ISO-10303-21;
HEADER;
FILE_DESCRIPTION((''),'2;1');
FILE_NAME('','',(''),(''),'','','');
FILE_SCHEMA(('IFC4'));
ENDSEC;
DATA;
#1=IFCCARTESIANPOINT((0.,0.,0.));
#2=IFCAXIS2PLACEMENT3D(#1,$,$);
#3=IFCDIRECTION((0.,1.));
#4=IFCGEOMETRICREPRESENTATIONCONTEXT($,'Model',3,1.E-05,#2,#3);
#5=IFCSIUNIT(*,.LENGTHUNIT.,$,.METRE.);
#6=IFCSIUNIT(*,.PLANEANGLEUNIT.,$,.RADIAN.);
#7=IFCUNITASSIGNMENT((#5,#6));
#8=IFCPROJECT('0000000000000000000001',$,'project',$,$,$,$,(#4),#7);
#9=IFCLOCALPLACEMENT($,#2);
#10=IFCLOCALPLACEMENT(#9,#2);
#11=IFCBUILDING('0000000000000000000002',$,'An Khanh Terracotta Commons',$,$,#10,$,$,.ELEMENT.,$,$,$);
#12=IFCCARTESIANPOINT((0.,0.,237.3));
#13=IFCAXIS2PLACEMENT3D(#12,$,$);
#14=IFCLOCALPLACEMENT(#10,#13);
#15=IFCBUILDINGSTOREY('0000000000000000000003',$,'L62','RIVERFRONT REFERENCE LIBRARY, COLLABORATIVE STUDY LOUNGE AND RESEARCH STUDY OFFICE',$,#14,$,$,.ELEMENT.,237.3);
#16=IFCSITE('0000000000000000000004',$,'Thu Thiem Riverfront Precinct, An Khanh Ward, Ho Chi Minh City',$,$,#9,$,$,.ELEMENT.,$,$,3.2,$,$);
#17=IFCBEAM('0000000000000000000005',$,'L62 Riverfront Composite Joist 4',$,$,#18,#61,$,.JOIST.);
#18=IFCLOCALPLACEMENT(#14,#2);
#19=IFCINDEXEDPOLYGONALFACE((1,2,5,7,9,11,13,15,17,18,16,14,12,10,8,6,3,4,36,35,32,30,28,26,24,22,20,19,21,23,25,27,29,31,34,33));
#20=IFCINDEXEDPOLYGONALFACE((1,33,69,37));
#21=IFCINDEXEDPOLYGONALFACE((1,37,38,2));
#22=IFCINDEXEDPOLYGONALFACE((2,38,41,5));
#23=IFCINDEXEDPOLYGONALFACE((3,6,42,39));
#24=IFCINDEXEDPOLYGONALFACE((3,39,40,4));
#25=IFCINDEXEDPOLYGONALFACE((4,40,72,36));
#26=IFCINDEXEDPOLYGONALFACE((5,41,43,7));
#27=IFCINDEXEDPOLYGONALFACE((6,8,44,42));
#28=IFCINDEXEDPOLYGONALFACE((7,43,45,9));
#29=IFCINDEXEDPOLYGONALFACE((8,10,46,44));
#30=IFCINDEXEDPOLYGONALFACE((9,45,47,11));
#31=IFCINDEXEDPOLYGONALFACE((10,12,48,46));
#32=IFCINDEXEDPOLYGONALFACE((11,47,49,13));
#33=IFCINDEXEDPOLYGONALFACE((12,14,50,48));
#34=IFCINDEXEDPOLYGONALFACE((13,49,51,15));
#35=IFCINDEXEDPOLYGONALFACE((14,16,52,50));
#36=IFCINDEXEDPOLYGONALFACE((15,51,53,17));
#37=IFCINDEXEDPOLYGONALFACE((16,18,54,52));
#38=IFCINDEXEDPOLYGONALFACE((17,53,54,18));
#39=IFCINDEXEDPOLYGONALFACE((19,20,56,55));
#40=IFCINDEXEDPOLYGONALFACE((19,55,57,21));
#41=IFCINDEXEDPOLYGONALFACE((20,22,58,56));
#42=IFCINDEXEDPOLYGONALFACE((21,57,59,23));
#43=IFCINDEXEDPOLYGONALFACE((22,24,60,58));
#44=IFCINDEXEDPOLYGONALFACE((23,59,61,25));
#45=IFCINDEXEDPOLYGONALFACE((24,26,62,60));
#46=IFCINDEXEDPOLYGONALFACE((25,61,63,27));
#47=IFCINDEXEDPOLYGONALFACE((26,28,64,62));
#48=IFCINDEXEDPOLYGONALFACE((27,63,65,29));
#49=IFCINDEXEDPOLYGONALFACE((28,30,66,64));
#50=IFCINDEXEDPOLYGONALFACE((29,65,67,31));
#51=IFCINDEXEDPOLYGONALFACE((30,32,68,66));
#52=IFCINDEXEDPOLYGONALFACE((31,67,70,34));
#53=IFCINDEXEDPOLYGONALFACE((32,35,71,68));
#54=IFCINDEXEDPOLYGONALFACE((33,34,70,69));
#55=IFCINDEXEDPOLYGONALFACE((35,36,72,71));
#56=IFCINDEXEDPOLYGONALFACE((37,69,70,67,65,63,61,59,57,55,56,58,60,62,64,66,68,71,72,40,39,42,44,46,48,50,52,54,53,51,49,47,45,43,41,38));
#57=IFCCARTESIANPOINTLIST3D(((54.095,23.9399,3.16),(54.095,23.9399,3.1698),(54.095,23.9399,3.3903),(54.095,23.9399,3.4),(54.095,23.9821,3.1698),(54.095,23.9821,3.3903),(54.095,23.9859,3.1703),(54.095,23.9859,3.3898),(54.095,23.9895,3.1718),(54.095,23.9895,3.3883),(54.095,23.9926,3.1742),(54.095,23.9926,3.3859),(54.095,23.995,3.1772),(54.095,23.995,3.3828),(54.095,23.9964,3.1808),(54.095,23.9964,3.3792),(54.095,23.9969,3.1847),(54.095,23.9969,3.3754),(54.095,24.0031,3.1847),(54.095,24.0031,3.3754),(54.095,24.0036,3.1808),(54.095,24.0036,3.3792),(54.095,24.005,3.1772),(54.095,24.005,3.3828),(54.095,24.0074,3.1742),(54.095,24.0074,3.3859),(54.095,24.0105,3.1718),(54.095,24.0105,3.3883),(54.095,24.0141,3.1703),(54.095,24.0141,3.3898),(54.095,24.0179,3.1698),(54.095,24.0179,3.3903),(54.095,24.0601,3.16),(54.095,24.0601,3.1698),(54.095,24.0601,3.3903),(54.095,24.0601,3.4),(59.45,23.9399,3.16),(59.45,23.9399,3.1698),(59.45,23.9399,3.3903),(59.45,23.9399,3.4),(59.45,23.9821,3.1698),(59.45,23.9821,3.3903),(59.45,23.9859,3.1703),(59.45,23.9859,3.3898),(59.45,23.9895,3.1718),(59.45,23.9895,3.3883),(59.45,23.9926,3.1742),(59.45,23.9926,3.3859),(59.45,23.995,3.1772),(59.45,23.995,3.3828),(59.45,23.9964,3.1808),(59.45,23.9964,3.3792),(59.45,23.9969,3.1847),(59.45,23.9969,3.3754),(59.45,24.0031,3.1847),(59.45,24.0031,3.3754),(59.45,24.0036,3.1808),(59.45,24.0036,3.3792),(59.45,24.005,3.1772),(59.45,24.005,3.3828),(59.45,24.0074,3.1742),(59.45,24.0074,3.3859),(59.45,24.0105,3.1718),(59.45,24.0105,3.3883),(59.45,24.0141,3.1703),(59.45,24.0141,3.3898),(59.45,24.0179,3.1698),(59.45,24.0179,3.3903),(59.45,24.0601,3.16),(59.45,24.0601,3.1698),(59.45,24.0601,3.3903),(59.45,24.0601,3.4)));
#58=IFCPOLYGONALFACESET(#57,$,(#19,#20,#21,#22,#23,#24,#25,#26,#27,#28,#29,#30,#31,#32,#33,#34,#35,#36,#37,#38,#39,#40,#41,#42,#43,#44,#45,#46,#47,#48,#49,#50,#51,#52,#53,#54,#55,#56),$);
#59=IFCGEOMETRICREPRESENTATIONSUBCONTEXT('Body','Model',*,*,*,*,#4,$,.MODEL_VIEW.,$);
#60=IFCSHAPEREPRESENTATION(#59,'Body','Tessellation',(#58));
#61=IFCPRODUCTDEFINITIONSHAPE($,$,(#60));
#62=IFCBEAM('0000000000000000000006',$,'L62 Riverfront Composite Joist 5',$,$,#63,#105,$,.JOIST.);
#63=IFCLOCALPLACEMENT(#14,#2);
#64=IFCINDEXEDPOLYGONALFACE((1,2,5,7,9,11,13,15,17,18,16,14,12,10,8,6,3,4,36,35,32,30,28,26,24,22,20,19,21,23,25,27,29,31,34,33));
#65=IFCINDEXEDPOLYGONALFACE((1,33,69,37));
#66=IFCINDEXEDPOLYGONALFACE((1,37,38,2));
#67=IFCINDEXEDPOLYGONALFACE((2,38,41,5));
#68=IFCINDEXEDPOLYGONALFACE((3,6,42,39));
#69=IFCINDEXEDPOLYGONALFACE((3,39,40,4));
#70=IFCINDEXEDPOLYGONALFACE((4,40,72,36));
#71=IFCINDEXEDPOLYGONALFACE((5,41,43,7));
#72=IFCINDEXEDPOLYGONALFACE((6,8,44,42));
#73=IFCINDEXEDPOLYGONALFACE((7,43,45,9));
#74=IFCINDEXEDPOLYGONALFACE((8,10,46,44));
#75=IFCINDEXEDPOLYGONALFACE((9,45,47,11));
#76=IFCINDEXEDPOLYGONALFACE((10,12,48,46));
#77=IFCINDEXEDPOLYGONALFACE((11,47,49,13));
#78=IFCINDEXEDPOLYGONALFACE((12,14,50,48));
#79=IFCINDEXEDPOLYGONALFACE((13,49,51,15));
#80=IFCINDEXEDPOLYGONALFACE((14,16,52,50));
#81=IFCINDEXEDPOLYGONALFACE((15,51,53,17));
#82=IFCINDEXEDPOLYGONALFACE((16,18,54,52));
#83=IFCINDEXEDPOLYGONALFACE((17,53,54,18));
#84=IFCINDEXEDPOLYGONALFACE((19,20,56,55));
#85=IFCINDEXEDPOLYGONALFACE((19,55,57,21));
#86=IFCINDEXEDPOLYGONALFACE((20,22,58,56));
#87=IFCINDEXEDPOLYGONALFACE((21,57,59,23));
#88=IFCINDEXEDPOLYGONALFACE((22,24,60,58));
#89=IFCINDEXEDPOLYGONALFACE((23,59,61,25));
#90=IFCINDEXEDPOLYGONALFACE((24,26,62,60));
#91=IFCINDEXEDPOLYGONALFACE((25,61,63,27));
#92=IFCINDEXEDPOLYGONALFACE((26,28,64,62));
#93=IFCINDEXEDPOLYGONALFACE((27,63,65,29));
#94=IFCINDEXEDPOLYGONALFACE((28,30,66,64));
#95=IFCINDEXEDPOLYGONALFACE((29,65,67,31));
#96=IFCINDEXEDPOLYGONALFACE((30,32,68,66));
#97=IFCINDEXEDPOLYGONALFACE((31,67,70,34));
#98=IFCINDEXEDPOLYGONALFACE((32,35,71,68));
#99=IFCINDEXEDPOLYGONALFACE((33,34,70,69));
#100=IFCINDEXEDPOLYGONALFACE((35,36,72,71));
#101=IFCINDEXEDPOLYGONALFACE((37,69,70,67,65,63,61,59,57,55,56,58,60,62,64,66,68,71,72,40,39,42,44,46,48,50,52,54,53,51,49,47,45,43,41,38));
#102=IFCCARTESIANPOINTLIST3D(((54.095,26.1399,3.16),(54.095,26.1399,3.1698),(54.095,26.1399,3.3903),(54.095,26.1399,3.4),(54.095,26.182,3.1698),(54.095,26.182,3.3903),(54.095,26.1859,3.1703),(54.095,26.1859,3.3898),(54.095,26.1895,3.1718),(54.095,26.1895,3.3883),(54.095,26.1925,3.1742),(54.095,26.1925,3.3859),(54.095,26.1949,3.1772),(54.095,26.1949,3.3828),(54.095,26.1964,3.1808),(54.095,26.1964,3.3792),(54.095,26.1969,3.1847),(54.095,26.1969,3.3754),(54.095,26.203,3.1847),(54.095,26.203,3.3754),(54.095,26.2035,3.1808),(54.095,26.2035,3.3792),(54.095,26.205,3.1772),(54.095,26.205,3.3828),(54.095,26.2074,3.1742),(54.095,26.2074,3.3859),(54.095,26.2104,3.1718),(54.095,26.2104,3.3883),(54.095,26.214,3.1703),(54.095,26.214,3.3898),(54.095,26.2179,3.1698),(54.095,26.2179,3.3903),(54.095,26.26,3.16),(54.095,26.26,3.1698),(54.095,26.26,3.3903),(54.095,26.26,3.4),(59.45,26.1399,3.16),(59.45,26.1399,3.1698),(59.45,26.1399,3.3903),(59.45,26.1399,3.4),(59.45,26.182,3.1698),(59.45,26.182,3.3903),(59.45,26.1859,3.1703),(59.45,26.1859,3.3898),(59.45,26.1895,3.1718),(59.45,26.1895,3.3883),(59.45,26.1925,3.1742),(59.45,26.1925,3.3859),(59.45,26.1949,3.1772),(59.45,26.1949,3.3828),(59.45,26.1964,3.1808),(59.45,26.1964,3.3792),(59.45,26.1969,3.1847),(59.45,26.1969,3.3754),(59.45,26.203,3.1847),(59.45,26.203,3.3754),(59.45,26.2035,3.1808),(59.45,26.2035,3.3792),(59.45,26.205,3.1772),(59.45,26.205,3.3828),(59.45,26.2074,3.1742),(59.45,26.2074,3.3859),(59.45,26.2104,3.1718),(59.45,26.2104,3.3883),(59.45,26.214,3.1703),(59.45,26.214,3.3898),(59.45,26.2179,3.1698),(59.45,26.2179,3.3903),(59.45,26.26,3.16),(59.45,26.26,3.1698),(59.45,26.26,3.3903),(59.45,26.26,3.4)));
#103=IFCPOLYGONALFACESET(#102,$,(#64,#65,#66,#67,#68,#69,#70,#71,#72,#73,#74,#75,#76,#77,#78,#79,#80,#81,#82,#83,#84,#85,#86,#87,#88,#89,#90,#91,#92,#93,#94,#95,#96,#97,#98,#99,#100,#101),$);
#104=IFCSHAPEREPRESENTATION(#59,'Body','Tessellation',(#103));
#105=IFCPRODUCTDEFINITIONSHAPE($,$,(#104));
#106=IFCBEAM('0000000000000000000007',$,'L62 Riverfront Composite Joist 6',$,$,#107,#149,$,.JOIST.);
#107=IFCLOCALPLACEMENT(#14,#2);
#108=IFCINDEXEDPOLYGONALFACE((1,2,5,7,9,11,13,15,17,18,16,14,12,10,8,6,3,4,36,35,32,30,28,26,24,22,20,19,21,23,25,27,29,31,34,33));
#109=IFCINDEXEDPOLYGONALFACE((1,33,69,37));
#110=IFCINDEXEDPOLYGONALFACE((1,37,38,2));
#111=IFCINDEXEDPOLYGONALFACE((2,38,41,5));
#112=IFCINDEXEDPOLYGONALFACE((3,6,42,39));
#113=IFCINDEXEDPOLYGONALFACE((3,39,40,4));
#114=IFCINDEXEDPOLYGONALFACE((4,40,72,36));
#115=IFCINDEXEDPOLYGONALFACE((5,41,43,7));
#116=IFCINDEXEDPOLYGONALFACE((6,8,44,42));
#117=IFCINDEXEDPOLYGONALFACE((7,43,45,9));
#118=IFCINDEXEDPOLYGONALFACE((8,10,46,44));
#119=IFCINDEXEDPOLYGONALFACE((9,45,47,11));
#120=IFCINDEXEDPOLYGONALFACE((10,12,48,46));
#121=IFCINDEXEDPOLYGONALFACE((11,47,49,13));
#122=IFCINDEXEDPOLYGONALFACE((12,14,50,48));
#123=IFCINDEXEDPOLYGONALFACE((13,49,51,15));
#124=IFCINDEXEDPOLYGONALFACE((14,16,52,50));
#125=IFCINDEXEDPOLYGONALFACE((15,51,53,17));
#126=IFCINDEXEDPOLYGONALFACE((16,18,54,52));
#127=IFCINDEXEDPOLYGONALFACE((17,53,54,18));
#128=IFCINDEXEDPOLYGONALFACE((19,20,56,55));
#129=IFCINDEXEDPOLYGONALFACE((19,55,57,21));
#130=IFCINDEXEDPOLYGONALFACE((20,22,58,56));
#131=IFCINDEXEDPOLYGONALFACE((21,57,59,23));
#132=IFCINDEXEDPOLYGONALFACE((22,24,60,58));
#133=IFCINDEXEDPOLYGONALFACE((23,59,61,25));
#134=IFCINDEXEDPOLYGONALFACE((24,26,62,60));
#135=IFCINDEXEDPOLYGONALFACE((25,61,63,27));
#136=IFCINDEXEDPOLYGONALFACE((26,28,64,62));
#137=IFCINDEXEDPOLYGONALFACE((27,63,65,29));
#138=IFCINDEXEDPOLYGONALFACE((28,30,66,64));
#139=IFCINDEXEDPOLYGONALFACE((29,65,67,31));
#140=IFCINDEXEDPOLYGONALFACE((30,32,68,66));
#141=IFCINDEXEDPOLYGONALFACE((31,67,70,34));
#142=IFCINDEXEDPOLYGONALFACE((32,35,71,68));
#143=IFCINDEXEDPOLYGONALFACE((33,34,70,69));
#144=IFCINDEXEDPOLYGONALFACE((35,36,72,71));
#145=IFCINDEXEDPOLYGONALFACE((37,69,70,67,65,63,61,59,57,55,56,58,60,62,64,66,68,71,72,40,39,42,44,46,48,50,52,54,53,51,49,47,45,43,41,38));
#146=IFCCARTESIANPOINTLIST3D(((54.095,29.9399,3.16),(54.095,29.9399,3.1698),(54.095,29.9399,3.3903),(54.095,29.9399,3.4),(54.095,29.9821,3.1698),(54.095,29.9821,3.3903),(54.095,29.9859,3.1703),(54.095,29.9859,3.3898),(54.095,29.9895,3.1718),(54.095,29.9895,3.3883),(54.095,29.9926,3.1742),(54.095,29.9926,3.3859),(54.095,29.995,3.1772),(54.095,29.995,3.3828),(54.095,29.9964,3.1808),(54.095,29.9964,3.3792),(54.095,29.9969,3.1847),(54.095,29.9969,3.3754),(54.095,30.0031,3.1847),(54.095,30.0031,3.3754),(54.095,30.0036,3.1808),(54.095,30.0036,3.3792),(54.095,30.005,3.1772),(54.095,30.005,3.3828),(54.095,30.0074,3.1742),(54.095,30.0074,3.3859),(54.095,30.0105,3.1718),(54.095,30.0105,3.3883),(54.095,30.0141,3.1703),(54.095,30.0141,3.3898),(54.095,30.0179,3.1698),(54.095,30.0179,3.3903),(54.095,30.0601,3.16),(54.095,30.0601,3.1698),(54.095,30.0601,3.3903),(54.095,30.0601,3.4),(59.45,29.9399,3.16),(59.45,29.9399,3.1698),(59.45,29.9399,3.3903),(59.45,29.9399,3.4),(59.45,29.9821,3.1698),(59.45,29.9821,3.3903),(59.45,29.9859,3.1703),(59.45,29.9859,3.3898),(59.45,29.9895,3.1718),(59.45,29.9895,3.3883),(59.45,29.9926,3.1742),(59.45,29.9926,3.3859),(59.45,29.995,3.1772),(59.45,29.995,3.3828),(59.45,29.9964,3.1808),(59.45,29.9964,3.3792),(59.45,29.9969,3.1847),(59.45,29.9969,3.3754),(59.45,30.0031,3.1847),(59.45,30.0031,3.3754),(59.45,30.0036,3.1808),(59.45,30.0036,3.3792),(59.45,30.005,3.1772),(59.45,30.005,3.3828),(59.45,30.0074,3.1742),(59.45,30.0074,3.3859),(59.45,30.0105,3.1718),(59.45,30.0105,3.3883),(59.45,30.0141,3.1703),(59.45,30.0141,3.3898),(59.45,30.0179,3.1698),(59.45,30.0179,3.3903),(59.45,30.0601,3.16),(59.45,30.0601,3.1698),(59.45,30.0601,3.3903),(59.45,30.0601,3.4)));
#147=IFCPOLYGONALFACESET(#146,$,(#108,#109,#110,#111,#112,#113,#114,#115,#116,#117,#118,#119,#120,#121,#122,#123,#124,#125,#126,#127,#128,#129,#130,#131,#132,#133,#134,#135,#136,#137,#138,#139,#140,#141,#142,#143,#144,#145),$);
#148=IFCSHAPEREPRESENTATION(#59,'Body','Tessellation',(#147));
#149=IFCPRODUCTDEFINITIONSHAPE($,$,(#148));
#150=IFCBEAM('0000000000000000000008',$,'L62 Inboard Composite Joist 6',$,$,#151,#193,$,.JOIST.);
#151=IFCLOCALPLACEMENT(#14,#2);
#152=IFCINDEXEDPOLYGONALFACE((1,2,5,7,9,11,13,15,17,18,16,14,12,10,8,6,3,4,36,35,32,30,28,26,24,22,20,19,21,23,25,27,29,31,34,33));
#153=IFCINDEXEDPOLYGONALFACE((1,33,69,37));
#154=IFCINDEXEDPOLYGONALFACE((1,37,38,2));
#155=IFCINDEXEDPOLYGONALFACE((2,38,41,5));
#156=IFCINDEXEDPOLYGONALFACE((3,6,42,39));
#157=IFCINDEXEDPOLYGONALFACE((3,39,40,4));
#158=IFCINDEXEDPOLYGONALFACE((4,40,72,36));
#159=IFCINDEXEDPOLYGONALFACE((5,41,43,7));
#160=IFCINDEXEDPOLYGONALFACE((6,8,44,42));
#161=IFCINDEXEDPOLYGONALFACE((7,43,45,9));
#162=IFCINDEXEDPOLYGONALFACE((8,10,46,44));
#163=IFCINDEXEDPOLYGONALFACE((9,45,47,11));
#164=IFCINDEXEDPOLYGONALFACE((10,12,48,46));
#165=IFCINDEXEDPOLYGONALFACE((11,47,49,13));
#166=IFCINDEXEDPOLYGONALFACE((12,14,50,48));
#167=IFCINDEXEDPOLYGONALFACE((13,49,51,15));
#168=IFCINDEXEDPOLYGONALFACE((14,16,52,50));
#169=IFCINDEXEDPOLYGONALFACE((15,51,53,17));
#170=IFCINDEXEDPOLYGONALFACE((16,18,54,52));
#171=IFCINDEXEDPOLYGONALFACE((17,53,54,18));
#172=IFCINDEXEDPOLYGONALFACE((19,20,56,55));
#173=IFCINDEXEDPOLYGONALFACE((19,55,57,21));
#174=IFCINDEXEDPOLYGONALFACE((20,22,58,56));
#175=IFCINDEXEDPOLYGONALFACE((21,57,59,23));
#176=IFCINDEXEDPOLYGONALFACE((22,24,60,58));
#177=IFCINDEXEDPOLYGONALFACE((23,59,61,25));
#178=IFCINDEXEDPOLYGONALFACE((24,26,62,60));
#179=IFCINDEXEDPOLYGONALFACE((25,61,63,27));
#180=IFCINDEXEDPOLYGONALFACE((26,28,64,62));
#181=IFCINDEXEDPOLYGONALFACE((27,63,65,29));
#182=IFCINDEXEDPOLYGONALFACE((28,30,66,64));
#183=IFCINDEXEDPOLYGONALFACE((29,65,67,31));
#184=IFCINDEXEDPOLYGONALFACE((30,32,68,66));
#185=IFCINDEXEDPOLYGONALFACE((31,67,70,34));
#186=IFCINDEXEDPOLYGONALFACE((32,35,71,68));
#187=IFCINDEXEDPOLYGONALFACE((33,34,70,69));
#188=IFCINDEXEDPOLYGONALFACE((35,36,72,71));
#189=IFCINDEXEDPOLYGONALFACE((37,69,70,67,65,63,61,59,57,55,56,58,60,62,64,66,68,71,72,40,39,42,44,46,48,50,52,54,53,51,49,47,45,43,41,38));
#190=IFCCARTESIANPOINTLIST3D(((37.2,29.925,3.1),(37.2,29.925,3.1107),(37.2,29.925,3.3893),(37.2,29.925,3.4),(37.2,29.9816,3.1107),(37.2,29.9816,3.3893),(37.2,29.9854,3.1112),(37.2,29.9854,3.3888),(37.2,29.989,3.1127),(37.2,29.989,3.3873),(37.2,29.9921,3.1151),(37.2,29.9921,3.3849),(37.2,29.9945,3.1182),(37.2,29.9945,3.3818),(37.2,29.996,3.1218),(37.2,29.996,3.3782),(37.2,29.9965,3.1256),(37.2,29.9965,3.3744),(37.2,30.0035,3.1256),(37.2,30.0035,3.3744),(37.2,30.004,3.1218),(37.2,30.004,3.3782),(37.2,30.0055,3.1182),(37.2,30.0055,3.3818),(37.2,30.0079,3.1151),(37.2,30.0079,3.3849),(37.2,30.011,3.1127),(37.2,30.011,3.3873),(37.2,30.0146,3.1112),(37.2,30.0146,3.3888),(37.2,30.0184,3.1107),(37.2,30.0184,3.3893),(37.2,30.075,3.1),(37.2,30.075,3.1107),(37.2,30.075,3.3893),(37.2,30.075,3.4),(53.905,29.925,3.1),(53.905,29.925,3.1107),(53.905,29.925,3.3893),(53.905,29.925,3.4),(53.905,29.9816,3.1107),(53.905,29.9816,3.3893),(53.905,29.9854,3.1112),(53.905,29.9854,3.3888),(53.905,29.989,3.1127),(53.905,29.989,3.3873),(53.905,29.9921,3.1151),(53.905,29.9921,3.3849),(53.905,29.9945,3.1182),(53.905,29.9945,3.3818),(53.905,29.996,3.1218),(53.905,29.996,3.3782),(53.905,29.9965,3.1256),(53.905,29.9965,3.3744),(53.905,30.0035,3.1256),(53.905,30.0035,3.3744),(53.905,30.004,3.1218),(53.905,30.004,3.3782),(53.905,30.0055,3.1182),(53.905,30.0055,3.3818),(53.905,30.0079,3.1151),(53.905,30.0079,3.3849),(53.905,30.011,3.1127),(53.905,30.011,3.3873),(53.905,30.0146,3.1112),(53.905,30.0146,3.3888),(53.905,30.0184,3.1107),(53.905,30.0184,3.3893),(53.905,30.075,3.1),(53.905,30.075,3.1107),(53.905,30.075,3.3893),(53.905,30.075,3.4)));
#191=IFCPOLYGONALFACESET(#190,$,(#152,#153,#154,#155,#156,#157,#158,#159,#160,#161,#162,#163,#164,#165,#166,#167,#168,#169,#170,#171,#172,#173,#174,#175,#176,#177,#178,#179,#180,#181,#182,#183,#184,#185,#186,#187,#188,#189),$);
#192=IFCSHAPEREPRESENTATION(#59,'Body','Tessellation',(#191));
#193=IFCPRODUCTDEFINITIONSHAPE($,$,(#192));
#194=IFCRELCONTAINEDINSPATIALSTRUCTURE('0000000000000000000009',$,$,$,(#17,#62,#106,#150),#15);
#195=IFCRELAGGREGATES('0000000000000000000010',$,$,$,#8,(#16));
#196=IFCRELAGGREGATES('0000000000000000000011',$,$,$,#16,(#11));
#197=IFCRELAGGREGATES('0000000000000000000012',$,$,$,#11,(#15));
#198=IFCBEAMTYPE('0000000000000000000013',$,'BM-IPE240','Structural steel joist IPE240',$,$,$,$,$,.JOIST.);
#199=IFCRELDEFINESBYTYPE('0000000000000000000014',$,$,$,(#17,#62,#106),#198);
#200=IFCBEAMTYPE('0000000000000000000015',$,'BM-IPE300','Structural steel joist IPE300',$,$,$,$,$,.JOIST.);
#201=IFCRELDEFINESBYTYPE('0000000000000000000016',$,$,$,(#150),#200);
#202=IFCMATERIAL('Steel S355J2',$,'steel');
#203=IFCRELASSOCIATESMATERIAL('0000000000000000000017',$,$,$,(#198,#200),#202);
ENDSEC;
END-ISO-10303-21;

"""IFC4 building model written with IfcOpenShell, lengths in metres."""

from ifc_helpers import new_model, si_unit, direction, frame, origin, origin_2d, place, context, subcontext, project, spatial, i_section, extrude, material, material_profile, profile_set, type_object, element, save


model = new_model("IFC4")

# Units and contexts
model_context = context("Model", 3, precision=1e-05, world=origin(), true_north=direction((0.0, 1.0)))
body_context = subcontext(model_context, "Body", "Model", "MODEL_VIEW")
ifc_project = project(units=[si_unit("LENGTHUNIT", "METRE"), si_unit("PLANEANGLEUNIT", "RADIAN")], contexts=[model_context])

# Site, building, storey
site_placement = place(None, origin())
site = spatial("IfcSite", under=ifc_project, at=site_placement, Name="Thu Thiem Riverfront Precinct, An Khanh Ward, Ho Chi Minh City", CompositionType="ELEMENT", RefElevation=3.2)
building_placement = place(site_placement, origin())
building = spatial("IfcBuilding", under=site, at=building_placement, Name="An Khanh Terracotta Commons", CompositionType="ELEMENT")
storey_placement = place(building_placement, frame((0.0, 0.0, 237.3)))
storey = spatial("IfcBuildingStorey", under=building, at=storey_placement, Name="L62", Description="RIVERFRONT REFERENCE LIBRARY, COLLABORATIVE STUDY LOUNGE AND RESEARCH STUDY OFFICE", CompositionType="ELEMENT", Elevation=237.3)

# Beams
ifc_material_1 = material(Name="Steel S355J2", Category="steel")
ifc_material_profile_1 = material_profile(ifc_material_1, i_section(OverallWidth=0.1201, OverallDepth=0.24, WebThickness=0.0061, FlangeThickness=0.0098, FilletRadius=0.0149, at=origin_2d()), Name="IPE240")
ifc_profile_set_1 = profile_set([ifc_material_profile_1], Name="Steel S355J2")
beam_type_1 = type_object("IfcBeamType", Name="BM-IPE240", Description="Structural steel joist IPE240", PredefinedType="JOIST", material=ifc_profile_set_1)
for number, where, z_axis, x_axis, name in (
    (1, (54.095, 24.0, 3.28), (1.0, 0.0, 0.0), (0.0, 1.0, 0.0), "L62 Riverfront Composite Joist 4"),
    (2, (54.095, 26.2, 3.28), (1.0, 0.0, 0.0), (0.0, 1.0, 0.0), "L62 Riverfront Composite Joist 5"),
    (3, (54.095, 30.0, 3.28), (1.0, 0.0, 0.0), (0.0, 1.0, 0.0), "L62 Riverfront Composite Joist 6"),
):
    element("IfcBeam", number, at=place(storey_placement, frame(where, z_axis=z_axis, x_axis=x_axis)), inside=storey, type_object=beam_type_1, Name=name, PredefinedType="JOIST", context=body_context, shape_type="SweptSolid", body=[
        extrude(i_section(OverallWidth=0.1201, OverallDepth=0.24, WebThickness=0.0061, FlangeThickness=0.0098, FilletRadius=0.0149, at=origin_2d()), origin(), (0.0, 0.0, 1.0), 5.355),
    ])
ifc_material_profile_2 = material_profile(ifc_material_1, i_section(OverallWidth=0.1499, OverallDepth=0.3, WebThickness=0.0071, FlangeThickness=0.0107, FilletRadius=0.0149, at=origin_2d()), Name="IPE300")
ifc_profile_set_2 = profile_set([ifc_material_profile_2], Name="Steel S355J2")
beam_type_2 = type_object("IfcBeamType", Name="BM-IPE300", Description="Structural steel joist IPE300", PredefinedType="JOIST", material=ifc_profile_set_2)
for number, where, z_axis, x_axis, name in (
    (4, (37.2, 30.0, 3.25), (1.0, 0.0, 0.0), (0.0, 1.0, 0.0), "L62 Inboard Composite Joist 6"),
):
    element("IfcBeam", number, at=place(storey_placement, frame(where, z_axis=z_axis, x_axis=x_axis)), inside=storey, type_object=beam_type_2, Name=name, PredefinedType="JOIST", context=body_context, shape_type="SweptSolid", body=[
        extrude(i_section(OverallWidth=0.1499, OverallDepth=0.3, WebThickness=0.0071, FlangeThickness=0.0107, FilletRadius=0.0149, at=origin_2d()), origin(), (0.0, 0.0, 1.0), 16.7051),
    ])

save(model, "model.ifc")
